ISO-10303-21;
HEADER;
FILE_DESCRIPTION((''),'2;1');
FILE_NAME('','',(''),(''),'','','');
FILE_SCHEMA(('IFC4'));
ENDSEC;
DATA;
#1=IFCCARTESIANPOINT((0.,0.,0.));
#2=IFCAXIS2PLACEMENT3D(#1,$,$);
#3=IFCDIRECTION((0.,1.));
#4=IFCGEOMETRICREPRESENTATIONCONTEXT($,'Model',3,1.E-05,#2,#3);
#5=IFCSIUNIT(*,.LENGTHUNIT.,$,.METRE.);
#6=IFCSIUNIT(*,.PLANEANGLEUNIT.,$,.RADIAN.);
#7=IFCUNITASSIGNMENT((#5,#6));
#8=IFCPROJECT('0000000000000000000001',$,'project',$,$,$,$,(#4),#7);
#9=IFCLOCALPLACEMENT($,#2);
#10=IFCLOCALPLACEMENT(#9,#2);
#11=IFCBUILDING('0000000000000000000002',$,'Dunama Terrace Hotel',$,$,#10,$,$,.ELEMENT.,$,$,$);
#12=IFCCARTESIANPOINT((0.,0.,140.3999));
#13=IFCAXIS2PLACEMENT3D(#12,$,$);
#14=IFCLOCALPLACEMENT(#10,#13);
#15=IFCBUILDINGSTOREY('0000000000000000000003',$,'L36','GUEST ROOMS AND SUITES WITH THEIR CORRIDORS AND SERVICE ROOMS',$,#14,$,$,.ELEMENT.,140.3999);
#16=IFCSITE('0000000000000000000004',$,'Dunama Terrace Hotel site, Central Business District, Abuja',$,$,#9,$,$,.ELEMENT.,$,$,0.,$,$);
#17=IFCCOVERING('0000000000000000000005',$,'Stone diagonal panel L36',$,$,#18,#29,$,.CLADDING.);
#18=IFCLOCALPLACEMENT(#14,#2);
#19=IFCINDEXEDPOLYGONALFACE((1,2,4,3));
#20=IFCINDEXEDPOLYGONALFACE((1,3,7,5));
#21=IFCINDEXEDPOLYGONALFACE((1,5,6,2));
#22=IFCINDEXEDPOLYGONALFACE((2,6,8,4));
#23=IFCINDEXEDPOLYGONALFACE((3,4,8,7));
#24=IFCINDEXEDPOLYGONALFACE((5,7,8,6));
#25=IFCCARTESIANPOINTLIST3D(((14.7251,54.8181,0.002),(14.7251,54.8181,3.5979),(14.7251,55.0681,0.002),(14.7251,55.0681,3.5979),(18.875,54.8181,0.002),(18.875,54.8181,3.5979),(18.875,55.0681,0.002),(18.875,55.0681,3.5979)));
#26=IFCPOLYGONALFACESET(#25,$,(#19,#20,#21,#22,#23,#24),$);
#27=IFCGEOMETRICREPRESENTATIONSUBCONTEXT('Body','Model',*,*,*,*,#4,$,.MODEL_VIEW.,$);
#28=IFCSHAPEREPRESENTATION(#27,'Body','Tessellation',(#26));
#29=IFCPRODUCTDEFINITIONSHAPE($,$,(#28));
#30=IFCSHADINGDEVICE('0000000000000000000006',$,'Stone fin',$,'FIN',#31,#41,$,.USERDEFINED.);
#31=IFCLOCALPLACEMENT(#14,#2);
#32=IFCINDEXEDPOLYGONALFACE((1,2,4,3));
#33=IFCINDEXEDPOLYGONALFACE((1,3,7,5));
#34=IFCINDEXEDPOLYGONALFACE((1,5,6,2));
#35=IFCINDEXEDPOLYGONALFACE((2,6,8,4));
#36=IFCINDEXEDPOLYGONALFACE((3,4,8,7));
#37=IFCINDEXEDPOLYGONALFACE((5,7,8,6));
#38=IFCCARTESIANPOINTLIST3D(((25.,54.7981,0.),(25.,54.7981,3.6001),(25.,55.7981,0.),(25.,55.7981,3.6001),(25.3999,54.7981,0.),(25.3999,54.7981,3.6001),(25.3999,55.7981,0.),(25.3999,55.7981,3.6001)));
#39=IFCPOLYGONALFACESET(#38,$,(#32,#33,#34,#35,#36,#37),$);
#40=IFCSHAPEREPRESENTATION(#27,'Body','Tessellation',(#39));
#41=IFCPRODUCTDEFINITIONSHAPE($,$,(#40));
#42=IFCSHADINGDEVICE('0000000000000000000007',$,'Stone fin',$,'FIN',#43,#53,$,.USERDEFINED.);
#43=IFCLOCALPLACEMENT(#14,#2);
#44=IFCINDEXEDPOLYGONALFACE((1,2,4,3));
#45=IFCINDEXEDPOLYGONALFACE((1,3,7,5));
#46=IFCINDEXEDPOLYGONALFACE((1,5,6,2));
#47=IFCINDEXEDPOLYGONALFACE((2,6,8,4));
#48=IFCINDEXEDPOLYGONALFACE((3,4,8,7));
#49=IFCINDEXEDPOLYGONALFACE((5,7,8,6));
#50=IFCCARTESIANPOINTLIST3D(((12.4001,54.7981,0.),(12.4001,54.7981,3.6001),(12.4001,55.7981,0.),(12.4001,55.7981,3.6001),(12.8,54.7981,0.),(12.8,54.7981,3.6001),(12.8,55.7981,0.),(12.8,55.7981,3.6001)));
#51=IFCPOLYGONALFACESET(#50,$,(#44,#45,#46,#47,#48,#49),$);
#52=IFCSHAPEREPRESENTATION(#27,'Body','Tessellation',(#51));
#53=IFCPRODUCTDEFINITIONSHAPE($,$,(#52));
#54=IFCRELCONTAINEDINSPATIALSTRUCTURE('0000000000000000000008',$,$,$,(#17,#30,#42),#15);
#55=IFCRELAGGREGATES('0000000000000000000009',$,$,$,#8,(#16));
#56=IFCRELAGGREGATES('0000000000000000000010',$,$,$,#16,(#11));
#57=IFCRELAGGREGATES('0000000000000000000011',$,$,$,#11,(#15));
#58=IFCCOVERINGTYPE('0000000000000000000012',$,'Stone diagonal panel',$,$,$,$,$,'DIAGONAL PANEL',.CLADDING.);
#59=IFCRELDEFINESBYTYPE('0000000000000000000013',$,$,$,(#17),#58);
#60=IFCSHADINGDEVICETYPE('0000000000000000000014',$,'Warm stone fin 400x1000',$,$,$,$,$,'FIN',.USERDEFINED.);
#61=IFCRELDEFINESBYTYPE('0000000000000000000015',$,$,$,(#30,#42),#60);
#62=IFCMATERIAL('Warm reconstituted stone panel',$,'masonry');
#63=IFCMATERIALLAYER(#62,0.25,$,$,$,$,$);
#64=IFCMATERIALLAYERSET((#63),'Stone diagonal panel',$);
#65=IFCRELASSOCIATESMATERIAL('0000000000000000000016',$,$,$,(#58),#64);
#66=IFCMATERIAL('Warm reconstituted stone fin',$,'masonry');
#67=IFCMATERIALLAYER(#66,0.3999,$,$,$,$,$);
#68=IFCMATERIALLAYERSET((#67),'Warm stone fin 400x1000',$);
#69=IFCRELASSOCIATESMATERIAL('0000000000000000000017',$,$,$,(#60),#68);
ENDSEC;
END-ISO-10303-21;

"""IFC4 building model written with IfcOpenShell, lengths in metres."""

from ifc_helpers import new_model, si_unit, direction, frame, origin, origin_2d, place, context, subcontext, project, spatial, rectangle, extrude, material, layer, layer_set, type_object, element, save


model = new_model("IFC4")

# Units and contexts
model_context = context("Model", 3, precision=1e-05, world=origin(), true_north=direction((0.0, 1.0)))
body_context = subcontext(model_context, "Body", "Model", "MODEL_VIEW")
ifc_project = project(units=[si_unit("LENGTHUNIT", "METRE"), si_unit("PLANEANGLEUNIT", "RADIAN")], contexts=[model_context])

# Site, building, storey
site_placement = place(None, origin())
site = spatial("IfcSite", under=ifc_project, at=site_placement, Name="Dunama Terrace Hotel site, Central Business District, Abuja", CompositionType="ELEMENT", RefElevation=0.0)
building_placement = place(site_placement, origin())
building = spatial("IfcBuilding", under=site, at=building_placement, Name="Dunama Terrace Hotel", CompositionType="ELEMENT")
storey_placement = place(building_placement, frame((0.0, 0.0, 140.3999)))
storey = spatial("IfcBuildingStorey", under=building, at=storey_placement, Name="L36", Description="GUEST ROOMS AND SUITES WITH THEIR CORRIDORS AND SERVICE ROOMS", CompositionType="ELEMENT", Elevation=140.3999)

# Covering
ifc_material_1 = material(Name="Warm reconstituted stone panel", Category="masonry")
ifc_layer_1 = layer(ifc_material_1, 0.25)
ifc_layer_set_1 = layer_set([ifc_layer_1], Name="Stone diagonal panel")
covering_type = type_object("IfcCoveringType", Name="Stone diagonal panel", ElementType="DIAGONAL PANEL", PredefinedType="CLADDING", material=ifc_layer_set_1)
covering_placement = place(storey_placement, frame((16.8, 54.9431, 0.002), z_axis=(0.0, 0.0, 1.0), x_axis=(-1.0, 0.0, 0.0)))
element("IfcCovering", 1, at=covering_placement, inside=storey, type_object=covering_type, Name="Stone diagonal panel L36", PredefinedType="CLADDING", context=body_context, shape_type="SweptSolid", body=[
    extrude(rectangle(XDim=4.1499, YDim=0.25, at=origin_2d()), origin(), (0.0, 0.0, 1.0), 3.5959),
])

# Shading devices
ifc_material_2 = material(Name="Warm reconstituted stone fin", Category="masonry")
ifc_layer_2 = layer(ifc_material_2, 0.3999)
ifc_layer_set_2 = layer_set([ifc_layer_2], Name="Warm stone fin 400x1000")
shading_device_type = type_object("IfcShadingDeviceType", Name="Warm stone fin 400x1000", ElementType="FIN", PredefinedType="USERDEFINED", material=ifc_layer_set_2)
for number, where, z_axis, x_axis, name in (
    (2, (25.2, 55.2981, 0.0), (0.0, 0.0, 1.0), (-1.0, 0.0, 0.0), "Stone fin"),
    (3, (12.6001, 55.2981, 0.0), (0.0, 0.0, 1.0), (-1.0, 0.0, 0.0), "Stone fin"),
):
    element("IfcShadingDevice", number, at=place(storey_placement, frame(where, z_axis=z_axis, x_axis=x_axis)), inside=storey, type_object=shading_device_type, Name=name, ObjectType="FIN", PredefinedType="USERDEFINED", context=body_context, shape_type="SweptSolid", body=[
        extrude(rectangle(XDim=0.3999, YDim=1.0, at=origin_2d()), origin(), (0.0, 0.0, 1.0), 3.6001),
    ])

save(model, "model.ifc")
